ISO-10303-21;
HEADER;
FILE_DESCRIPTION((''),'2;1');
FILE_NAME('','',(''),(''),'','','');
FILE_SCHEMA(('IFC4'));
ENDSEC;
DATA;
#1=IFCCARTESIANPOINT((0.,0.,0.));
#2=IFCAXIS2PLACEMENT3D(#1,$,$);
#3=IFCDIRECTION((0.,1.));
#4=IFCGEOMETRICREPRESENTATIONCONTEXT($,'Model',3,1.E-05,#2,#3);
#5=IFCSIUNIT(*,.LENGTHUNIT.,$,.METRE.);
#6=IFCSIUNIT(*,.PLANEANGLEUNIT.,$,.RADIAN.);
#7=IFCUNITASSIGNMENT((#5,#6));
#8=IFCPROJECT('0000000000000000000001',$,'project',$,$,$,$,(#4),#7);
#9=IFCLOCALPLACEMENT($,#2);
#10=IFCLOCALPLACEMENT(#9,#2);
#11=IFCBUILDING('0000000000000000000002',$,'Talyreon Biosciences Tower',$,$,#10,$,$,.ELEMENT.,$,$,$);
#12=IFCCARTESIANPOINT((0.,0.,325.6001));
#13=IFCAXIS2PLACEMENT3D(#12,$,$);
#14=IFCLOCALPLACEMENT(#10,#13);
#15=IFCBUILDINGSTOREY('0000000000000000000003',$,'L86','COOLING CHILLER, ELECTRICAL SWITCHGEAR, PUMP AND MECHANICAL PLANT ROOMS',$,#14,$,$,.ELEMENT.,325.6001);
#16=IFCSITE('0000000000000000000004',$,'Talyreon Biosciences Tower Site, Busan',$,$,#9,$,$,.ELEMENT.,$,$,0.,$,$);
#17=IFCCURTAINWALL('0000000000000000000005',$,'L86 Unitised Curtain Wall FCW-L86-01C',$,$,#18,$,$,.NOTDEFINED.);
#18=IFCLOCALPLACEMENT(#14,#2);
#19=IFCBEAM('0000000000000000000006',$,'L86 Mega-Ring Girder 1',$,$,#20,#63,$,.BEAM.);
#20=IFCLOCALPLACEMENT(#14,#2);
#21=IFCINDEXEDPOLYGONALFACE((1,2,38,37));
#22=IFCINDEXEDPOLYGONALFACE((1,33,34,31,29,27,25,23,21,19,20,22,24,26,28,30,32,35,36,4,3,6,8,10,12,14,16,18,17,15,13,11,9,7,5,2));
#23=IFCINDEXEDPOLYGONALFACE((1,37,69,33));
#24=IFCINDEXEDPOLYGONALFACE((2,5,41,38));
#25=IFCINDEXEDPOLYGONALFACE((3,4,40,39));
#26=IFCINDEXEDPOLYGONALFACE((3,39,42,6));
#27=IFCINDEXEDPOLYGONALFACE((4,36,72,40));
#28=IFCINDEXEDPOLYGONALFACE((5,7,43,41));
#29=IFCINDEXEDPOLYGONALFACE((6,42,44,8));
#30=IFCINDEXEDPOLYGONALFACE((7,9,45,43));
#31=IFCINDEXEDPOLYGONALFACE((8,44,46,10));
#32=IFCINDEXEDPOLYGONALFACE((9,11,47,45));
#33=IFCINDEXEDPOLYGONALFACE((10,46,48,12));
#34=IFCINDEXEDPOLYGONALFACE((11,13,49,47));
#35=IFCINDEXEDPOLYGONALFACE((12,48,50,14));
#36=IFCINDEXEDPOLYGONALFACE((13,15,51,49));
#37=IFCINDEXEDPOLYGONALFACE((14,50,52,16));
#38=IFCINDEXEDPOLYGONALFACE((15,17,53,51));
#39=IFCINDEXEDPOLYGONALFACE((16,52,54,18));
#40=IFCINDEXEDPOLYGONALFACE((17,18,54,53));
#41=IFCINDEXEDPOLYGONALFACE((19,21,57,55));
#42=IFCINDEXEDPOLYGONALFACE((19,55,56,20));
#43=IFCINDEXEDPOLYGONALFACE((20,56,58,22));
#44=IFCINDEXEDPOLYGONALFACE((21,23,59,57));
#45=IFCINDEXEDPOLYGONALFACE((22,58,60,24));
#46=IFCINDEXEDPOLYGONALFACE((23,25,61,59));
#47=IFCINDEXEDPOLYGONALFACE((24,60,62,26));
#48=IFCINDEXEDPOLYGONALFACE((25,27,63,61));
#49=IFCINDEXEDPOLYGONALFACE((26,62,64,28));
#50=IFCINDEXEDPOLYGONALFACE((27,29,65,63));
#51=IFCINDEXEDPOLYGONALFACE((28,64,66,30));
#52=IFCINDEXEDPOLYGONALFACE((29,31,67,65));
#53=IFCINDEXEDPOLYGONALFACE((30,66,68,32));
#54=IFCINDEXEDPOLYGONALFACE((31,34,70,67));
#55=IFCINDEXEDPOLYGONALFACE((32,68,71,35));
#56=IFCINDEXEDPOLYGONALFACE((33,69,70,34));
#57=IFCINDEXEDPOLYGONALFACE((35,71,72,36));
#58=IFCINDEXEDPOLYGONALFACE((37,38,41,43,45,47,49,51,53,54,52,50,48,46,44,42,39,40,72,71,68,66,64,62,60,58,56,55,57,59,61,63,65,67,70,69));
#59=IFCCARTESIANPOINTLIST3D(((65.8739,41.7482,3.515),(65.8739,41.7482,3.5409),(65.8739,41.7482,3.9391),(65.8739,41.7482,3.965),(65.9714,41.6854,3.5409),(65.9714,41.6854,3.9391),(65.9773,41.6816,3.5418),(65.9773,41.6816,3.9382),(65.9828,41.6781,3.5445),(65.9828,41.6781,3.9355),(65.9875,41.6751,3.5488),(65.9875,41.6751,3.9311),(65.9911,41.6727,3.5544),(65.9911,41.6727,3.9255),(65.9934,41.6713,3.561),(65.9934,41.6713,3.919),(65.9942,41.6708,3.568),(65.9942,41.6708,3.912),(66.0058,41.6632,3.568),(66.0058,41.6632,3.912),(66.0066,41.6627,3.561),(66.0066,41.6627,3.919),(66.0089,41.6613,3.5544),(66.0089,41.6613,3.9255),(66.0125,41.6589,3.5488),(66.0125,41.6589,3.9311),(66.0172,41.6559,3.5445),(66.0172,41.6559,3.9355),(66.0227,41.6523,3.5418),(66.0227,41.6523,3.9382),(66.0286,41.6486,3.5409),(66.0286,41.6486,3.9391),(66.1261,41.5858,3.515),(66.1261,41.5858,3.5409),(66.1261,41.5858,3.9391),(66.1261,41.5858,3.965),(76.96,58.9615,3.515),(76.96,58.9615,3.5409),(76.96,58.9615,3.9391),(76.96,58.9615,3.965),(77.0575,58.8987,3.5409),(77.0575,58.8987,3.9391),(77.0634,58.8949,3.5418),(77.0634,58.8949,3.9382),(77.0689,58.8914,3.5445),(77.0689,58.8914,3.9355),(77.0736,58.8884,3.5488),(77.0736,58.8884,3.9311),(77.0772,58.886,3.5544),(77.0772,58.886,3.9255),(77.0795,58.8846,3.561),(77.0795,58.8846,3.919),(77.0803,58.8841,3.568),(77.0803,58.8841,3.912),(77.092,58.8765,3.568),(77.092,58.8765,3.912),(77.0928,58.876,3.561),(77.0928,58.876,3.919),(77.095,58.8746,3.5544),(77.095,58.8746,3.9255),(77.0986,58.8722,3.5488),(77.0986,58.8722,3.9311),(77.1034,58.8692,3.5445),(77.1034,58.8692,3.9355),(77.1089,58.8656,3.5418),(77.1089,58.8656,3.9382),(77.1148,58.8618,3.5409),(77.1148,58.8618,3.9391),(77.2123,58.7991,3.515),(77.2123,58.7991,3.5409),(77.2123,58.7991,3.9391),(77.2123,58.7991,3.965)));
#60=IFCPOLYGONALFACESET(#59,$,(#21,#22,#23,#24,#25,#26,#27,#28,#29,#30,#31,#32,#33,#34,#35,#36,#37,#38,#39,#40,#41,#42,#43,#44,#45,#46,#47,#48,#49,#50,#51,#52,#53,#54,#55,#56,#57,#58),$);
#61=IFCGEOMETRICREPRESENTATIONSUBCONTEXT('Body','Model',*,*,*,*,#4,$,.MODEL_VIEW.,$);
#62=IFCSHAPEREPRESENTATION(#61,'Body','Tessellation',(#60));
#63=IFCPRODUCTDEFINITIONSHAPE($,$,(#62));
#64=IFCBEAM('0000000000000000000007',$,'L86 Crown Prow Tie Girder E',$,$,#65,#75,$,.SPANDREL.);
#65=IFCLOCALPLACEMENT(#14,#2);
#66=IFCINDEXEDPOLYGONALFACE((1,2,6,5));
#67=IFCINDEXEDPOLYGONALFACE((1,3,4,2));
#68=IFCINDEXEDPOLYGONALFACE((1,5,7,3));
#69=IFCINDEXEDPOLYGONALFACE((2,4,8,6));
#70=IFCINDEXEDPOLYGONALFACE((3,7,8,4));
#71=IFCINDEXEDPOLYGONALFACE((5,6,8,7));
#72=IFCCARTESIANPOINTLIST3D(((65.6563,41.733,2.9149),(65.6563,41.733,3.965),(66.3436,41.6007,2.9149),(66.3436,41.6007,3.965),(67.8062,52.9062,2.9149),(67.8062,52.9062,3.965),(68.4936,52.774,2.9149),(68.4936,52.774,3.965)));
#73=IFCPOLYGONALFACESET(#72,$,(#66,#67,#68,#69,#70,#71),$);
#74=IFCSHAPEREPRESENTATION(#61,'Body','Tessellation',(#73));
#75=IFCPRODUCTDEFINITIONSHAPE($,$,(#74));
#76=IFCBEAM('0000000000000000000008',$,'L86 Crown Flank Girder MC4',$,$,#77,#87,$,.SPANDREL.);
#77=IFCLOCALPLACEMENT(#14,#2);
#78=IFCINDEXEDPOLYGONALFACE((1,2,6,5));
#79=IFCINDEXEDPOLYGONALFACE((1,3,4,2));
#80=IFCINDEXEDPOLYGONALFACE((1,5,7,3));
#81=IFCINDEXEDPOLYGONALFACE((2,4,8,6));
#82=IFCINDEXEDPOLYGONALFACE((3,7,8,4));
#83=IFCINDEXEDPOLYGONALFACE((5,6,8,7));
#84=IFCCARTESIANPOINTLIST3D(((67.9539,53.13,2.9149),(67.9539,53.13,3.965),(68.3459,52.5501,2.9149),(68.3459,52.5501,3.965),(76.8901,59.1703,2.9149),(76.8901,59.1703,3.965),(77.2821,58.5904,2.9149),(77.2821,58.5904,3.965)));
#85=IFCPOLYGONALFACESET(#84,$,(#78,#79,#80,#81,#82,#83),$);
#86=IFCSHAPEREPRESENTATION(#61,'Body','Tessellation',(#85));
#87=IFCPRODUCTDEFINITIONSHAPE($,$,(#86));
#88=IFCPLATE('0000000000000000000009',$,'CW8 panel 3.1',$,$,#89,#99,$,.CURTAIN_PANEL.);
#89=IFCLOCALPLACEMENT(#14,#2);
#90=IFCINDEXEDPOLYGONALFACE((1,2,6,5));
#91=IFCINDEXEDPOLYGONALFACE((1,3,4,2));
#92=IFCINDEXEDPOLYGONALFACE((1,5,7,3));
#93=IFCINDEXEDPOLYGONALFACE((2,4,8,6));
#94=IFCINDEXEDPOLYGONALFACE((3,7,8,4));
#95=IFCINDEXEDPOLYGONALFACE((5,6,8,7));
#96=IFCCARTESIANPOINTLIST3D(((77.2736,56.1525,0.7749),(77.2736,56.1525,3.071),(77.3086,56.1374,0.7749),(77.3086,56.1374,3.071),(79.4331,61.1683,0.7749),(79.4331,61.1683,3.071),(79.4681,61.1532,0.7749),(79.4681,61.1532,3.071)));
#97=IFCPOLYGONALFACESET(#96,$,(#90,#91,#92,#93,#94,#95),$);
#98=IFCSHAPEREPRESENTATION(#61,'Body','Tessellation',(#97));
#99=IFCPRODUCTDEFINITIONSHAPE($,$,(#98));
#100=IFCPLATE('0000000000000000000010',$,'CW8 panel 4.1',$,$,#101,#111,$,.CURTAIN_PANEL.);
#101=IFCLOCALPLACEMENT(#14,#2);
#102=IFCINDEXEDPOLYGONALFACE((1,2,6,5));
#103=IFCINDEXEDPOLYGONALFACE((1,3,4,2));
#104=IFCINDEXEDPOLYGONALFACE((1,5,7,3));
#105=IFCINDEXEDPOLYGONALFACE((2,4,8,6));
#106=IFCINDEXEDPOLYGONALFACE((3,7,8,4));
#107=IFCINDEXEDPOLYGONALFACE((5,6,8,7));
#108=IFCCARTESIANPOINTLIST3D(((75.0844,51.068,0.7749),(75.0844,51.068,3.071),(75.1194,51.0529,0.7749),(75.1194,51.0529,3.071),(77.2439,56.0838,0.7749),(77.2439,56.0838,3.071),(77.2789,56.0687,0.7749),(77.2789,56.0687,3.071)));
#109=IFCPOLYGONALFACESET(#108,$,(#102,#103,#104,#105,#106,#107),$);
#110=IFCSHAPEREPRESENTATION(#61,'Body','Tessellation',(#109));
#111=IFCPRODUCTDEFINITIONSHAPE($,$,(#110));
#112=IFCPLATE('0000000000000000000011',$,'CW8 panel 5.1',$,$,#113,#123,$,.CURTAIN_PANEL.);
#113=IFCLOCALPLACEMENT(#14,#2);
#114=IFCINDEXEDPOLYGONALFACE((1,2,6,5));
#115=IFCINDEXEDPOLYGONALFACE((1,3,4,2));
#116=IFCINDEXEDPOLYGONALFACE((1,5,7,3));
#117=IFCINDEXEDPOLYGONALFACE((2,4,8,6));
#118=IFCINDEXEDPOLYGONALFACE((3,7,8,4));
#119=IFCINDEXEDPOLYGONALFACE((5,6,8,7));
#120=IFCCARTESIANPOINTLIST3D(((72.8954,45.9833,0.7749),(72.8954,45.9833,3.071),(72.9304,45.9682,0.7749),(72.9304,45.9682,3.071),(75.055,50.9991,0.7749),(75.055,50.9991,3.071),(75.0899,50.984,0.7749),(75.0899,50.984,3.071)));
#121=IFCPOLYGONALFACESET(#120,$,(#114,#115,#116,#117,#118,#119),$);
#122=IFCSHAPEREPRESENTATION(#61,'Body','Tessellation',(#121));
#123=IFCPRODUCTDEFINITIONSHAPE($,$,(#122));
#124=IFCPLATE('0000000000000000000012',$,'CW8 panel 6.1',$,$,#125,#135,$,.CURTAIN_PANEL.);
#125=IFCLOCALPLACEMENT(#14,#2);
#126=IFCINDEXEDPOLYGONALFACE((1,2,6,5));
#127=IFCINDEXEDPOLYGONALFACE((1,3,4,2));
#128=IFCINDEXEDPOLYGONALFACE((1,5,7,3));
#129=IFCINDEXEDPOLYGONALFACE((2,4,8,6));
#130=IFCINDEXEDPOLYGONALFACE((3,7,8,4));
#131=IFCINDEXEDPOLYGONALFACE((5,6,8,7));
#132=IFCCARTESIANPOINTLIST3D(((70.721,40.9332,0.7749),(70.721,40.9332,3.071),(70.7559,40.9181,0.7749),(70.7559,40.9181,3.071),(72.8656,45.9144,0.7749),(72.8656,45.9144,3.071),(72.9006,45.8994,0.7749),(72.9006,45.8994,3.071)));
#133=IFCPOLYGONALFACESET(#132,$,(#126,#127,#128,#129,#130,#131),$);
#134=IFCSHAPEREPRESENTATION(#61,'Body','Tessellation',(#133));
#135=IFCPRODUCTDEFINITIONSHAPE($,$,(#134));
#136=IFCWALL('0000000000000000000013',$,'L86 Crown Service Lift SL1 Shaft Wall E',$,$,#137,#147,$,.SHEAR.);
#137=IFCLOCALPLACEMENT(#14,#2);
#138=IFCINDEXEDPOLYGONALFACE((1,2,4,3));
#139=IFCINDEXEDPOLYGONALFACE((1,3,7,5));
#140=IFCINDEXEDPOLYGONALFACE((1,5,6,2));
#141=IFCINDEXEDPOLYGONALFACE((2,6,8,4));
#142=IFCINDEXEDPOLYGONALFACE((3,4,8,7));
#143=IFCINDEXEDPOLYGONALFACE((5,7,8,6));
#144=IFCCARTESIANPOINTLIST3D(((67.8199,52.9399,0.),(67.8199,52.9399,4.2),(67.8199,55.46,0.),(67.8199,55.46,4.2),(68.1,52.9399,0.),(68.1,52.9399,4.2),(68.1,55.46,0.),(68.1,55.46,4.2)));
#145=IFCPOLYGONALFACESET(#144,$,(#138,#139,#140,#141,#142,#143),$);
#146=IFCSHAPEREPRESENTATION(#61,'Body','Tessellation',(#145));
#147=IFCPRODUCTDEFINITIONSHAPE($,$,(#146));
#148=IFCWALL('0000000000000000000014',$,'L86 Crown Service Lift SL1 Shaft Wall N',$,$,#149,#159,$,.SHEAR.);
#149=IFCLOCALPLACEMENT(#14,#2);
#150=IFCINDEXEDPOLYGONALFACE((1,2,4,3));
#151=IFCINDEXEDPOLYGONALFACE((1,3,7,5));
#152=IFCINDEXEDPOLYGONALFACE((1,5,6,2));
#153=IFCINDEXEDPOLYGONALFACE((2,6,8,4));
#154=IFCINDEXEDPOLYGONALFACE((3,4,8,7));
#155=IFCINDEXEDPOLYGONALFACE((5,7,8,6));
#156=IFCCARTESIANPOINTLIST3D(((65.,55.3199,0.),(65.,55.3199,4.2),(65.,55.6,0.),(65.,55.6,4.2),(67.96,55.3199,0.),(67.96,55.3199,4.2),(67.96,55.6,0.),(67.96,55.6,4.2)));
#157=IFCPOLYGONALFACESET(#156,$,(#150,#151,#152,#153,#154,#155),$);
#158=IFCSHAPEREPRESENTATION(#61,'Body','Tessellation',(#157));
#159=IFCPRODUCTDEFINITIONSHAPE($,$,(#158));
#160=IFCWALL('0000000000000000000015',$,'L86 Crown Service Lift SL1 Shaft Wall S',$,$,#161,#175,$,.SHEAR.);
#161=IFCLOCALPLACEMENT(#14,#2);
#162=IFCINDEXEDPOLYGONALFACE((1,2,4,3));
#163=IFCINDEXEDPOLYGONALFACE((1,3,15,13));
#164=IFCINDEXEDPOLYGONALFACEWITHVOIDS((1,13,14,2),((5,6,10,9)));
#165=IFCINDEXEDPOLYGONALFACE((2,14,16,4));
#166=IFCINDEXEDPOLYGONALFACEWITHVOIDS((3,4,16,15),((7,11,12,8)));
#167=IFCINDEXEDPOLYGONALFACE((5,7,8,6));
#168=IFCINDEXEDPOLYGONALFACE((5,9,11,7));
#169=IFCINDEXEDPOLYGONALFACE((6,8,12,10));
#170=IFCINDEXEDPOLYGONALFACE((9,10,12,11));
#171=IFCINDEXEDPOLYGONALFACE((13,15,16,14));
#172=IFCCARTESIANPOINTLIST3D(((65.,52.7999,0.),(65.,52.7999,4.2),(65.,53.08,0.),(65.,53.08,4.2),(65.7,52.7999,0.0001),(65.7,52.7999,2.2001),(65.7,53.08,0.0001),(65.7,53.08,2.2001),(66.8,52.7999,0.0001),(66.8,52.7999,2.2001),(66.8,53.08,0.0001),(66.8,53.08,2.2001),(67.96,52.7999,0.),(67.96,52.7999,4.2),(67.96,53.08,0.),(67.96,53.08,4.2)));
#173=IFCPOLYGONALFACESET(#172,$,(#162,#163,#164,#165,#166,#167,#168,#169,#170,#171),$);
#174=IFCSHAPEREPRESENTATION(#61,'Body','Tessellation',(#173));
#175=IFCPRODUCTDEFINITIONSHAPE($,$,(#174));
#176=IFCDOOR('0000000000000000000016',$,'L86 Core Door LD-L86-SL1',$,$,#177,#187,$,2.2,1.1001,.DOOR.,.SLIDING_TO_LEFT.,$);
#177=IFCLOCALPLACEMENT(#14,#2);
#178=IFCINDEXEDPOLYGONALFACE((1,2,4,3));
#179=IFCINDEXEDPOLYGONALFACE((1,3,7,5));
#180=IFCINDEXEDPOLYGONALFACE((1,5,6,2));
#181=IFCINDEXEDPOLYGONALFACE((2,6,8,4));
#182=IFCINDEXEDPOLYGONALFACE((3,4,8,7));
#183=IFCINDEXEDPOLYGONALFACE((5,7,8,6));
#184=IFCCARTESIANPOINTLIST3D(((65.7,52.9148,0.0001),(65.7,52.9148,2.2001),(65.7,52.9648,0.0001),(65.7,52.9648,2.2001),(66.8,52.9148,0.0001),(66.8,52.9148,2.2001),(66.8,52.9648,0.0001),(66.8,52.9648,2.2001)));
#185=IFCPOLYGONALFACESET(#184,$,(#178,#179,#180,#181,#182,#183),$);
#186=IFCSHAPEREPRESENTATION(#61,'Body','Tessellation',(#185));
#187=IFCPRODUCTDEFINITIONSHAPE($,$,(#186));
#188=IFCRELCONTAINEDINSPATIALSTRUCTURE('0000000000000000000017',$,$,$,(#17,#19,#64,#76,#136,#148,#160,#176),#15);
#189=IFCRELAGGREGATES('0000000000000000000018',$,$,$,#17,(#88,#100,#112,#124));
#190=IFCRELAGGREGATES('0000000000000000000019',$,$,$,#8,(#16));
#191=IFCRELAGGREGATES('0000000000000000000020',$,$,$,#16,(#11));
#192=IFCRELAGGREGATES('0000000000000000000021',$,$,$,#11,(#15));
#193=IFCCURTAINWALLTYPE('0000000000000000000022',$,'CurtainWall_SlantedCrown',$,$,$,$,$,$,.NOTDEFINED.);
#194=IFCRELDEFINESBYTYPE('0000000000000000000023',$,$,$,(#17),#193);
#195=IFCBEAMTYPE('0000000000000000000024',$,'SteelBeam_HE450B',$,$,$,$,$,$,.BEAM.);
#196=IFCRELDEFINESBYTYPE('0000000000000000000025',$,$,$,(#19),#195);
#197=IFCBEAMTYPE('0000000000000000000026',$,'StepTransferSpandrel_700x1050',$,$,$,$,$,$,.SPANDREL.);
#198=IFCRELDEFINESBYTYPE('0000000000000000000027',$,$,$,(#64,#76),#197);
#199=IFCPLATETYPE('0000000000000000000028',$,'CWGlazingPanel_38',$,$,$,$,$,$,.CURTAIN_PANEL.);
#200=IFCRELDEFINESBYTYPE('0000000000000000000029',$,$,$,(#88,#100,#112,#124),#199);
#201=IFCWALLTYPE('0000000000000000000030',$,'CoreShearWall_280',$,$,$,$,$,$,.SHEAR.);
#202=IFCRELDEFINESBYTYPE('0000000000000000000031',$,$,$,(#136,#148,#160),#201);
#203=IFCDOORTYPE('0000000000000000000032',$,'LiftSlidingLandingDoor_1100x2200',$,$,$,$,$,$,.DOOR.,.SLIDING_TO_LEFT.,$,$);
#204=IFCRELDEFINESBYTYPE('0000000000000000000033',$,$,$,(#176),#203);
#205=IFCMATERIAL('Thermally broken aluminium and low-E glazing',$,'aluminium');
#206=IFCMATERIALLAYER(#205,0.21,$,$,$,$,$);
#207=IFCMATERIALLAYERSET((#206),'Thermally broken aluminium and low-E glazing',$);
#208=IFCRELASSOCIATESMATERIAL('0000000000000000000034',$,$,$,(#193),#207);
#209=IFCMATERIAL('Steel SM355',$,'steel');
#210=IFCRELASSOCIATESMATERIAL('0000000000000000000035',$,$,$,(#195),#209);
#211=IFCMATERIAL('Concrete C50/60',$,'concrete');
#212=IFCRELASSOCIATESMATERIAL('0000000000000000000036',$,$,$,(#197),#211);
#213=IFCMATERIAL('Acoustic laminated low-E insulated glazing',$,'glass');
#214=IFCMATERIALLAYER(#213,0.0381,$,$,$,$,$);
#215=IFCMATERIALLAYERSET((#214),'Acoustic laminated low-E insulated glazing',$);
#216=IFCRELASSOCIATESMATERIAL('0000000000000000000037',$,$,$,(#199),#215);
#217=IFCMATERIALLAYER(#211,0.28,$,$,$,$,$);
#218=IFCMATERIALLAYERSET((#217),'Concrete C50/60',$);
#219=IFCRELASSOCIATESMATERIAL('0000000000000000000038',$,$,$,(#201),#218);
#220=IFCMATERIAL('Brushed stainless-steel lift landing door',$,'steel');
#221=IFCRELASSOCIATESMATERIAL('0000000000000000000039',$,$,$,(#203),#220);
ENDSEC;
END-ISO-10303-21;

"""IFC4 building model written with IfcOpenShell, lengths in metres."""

from ifc_helpers import new_model, si_unit, direction, frame, frame_2d, origin, origin_2d, place, context, subcontext, project, spatial, rectangle, i_section, extrude, material, layer, layer_set, material_profile, profile_set, type_object, element, fill, aggregate, save


model = new_model("IFC4")

# Units and contexts
model_context = context("Model", 3, precision=1e-05, world=origin(), true_north=direction((0.0, 1.0)))
body_context = subcontext(model_context, "Body", "Model", "MODEL_VIEW")
ifc_project = project(units=[si_unit("LENGTHUNIT", "METRE"), si_unit("PLANEANGLEUNIT", "RADIAN")], contexts=[model_context])

# Site, building, storey
site_placement = place(None, origin())
site = spatial("IfcSite", under=ifc_project, at=site_placement, Name="Talyreon Biosciences Tower Site, Busan", CompositionType="ELEMENT", RefElevation=0.0)
building_placement = place(site_placement, origin())
building = spatial("IfcBuilding", under=site, at=building_placement, Name="Talyreon Biosciences Tower", CompositionType="ELEMENT")
storey_placement = place(building_placement, frame((0.0, 0.0, 325.6001)))
storey = spatial("IfcBuildingStorey", under=building, at=storey_placement, Name="L86", Description="COOLING CHILLER, ELECTRICAL SWITCHGEAR, PUMP AND MECHANICAL PLANT ROOMS", CompositionType="ELEMENT", Elevation=325.6001)

# Shared definitions
ifc_material_1 = material(Name="Concrete C50/60", Category="concrete")

# Curtain wall
ifc_material_2 = material(Name="Thermally broken aluminium and low-E glazing", Category="aluminium")
ifc_layer_1 = layer(ifc_material_2, 0.21)
ifc_layer_set_1 = layer_set([ifc_layer_1], Name="Thermally broken aluminium and low-E glazing")
curtain_wall_type = type_object("IfcCurtainWallType", Name="CurtainWall_SlantedCrown", PredefinedType="NOTDEFINED", material=ifc_layer_set_1)
curtain_wall_placement = place(storey_placement, origin())
curtain_wall = element("IfcCurtainWall", 1, at=curtain_wall_placement, inside=storey, type_object=curtain_wall_type, Name="L86 Unitised Curtain Wall FCW-L86-01C", PredefinedType="NOTDEFINED")

# Beams
ifc_material_3 = material(Name="Steel SM355", Category="steel")
ifc_material_profile_1 = material_profile(ifc_material_3, i_section(OverallWidth=0.3, OverallDepth=0.45, WebThickness=0.0139, FlangeThickness=0.0259, FilletRadius=0.0271, at=origin_2d()), Name="HE450B")
ifc_profile_set_1 = profile_set([ifc_material_profile_1], Name="Steel SM355")
beam_type_1 = type_object("IfcBeamType", Name="SteelBeam_HE450B", PredefinedType="BEAM", material=ifc_profile_set_1)
beam_1_placement = place(storey_placement, frame((66.0, 41.667, 3.74), z_axis=(0.541464, 0.840724, 0.0), x_axis=(-0.840724, 0.541464, 0.0)))
element("IfcBeam", 2, at=beam_1_placement, inside=storey, type_object=beam_type_1, Name="L86 Mega-Ring Girder 1", PredefinedType="BEAM", context=body_context, shape_type="SweptSolid", body=[
    extrude(i_section(OverallWidth=0.3, OverallDepth=0.45, WebThickness=0.0139, FlangeThickness=0.0259, FilletRadius=0.0271, at=origin_2d()), origin(), (0.0, 0.0, 1.0), 20.4744),
])
ifc_material_profile_2 = material_profile(ifc_material_1, rectangle(XDim=0.7, YDim=1.05, at=origin_2d()), Name="RCB 700x1050")
ifc_profile_set_2 = profile_set([ifc_material_profile_2], Name="Concrete C50/60")
beam_type_2 = type_object("IfcBeamType", Name="StepTransferSpandrel_700x1050", PredefinedType="SPANDREL", material=ifc_profile_set_2)
beam_2_placement = place(storey_placement, frame((68.1499, 52.8401, 3.4399), z_axis=(-0.188952, -0.981986, 0.0), x_axis=(0.981986, -0.188952, 0.0)))
element("IfcBeam", 3, at=beam_2_placement, inside=storey, type_object=beam_type_2, Name="L86 Crown Prow Tie Girder E", PredefinedType="SPANDREL", context=body_context, shape_type="SweptSolid", body=[
    extrude(rectangle(XDim=0.7, YDim=1.05, at=origin_2d()), origin(), (0.0, 0.0, 1.0), 11.3782),
])
beam_3_placement = place(storey_placement, frame((68.1499, 52.8401, 3.4399), z_axis=(0.828492, 0.560001, 0.0), x_axis=(-0.560001, 0.828492, 0.0)))
element("IfcBeam", 4, at=beam_3_placement, inside=storey, type_object=beam_type_2, Name="L86 Crown Flank Girder MC4", PredefinedType="SPANDREL", context=body_context, shape_type="SweptSolid", body=[
    extrude(rectangle(XDim=0.7, YDim=1.05, at=origin_2d()), origin(), (0.0, 0.0, 1.0), 10.7861),
])

# Plates
ifc_material_4 = material(Name="Acoustic laminated low-E insulated glazing", Category="glass")
ifc_layer_2 = layer(ifc_material_4, 0.0381)
ifc_layer_set_2 = layer_set([ifc_layer_2], Name="Acoustic laminated low-E insulated glazing")
plate_type = type_object("IfcPlateType", Name="CWGlazingPanel_38", PredefinedType="CURTAIN_PANEL", material=ifc_layer_set_2)
plate_1_placement = place(storey_placement, frame((78.3708, 58.6528, 0.7749), z_axis=(0.0, 0.0, 1.0), x_axis=(-0.395451, -0.918487, 0.0)))
plate_1 = element("IfcPlate", 5, at=plate_1_placement, type_object=plate_type, Name="CW8 panel 3.1", PredefinedType="CURTAIN_PANEL", context=body_context, shape_type="SweptSolid", body=[
    extrude(rectangle(XDim=5.4609, YDim=0.0381, at=origin_2d()), origin(), (0.0, 0.0, 1.0), 2.2961),
])
plate_2_placement = place(storey_placement, frame((76.1816, 53.5684, 0.7749), z_axis=(0.0, 0.0, 1.0), x_axis=(-0.395451, -0.918487, 0.0)))
plate_2 = element("IfcPlate", 6, at=plate_2_placement, type_object=plate_type, Name="CW8 panel 4.1", PredefinedType="CURTAIN_PANEL", context=body_context, shape_type="SweptSolid", body=[
    extrude(rectangle(XDim=5.4609, YDim=0.0381, at=origin_2d()), origin(), (0.0, 0.0, 1.0), 2.2961),
])
plate_3_placement = place(storey_placement, frame((73.9927, 48.4836, 0.7749), z_axis=(0.0, 0.0, 1.0), x_axis=(-0.395451, -0.918487, 0.0)))
plate_3 = element("IfcPlate", 7, at=plate_3_placement, type_object=plate_type, Name="CW8 panel 5.1", PredefinedType="CURTAIN_PANEL", context=body_context, shape_type="SweptSolid", body=[
    extrude(rectangle(XDim=5.4609, YDim=0.0381, at=origin_2d()), origin(), (0.0, 0.0, 1.0), 2.2961),
])
plate_4_placement = place(storey_placement, frame((71.8108, 43.4163, 0.7749), z_axis=(0.0, 0.0, 1.0), x_axis=(-0.395451, -0.918487, 0.0)))
plate_4 = element("IfcPlate", 8, at=plate_4_placement, type_object=plate_type, Name="CW8 panel 6.1", PredefinedType="CURTAIN_PANEL", context=body_context, shape_type="SweptSolid", body=[
    extrude(rectangle(XDim=5.4233, YDim=0.0381, at=origin_2d()), origin(), (0.0, 0.0, 1.0), 2.2961),
])
aggregate(curtain_wall, [plate_1, plate_2, plate_3, plate_4])

# Walls
ifc_layer_3 = layer(ifc_material_1, 0.28)
ifc_layer_set_3 = layer_set([ifc_layer_3], Name="Concrete C50/60")
wall_type_1 = type_object("IfcWallType", Name="CoreShearWall_280", PredefinedType="SHEAR", material=ifc_layer_set_3)
wall_1_placement = place(storey_placement, frame((67.96, 52.9399, 0.0), z_axis=(0.0, 0.0, 1.0), x_axis=(0.0, 1.0, 0.0)))
element("IfcWall", 9, at=wall_1_placement, inside=storey, type_object=wall_type_1, Name="L86 Crown Service Lift SL1 Shaft Wall E", PredefinedType="SHEAR", context=body_context, shape_type="SweptSolid", body=[
    extrude(rectangle(XDim=2.52, YDim=0.28, at=frame_2d((1.26, 0.0))), origin(), (0.0, 0.0, 1.0), 4.2),
])
wall_2_placement = place(storey_placement, frame((65.0, 55.46, 0.0), z_axis=(0.0, 0.0, 1.0), x_axis=(1.0, 0.0, 0.0)))
element("IfcWall", 10, at=wall_2_placement, inside=storey, type_object=wall_type_1, Name="L86 Crown Service Lift SL1 Shaft Wall N", PredefinedType="SHEAR", context=body_context, shape_type="SweptSolid", body=[
    extrude(rectangle(XDim=2.96, YDim=0.28, at=frame_2d((1.48, 0.0))), origin(), (0.0, 0.0, 1.0), 4.2),
])

# Wall, opening, door
wall_3_placement = place(storey_placement, frame((65.0, 52.9399, 0.0), z_axis=(0.0, 0.0, 1.0), x_axis=(1.0, 0.0, 0.0)))
wall_3 = element("IfcWall", 11, at=wall_3_placement, inside=storey, type_object=wall_type_1, Name="L86 Crown Service Lift SL1 Shaft Wall S", PredefinedType="SHEAR", context=body_context, shape_type="SweptSolid", body=[
    extrude(rectangle(XDim=2.96, YDim=0.28, at=frame_2d((1.48, 0.0))), origin(), (0.0, 0.0, 1.0), 4.2),
])
opening_1_placement = place(wall_3_placement, frame((0.7, 0.0, 0.0)))
opening_1 = element("IfcOpeningElement", 12, at=opening_1_placement, cuts=wall_3, PredefinedType="OPENING", context=body_context, shape_type="SweptSolid", body=[
    extrude(rectangle(XDim=1.1001, YDim=2.2, at=frame_2d((0.55, 1.1001))), frame((0.0, 0.1499, 0.0), z_axis=(0.0, -1.0, 0.0), x_axis=(1.0, 0.0, 0.0)), (0.0, 0.0, 1.0), 0.3),
])
ifc_material_5 = material(Name="Brushed stainless-steel lift landing door", Category="steel")
door_type_1 = type_object("IfcDoorType", Name="LiftSlidingLandingDoor_1100x2200", OperationType="SLIDING_TO_LEFT", PredefinedType="DOOR", material=ifc_material_5)
door_1_placement = place(opening_1_placement, origin())
door_1 = element("IfcDoor", 13, at=door_1_placement, inside=storey, type_object=door_type_1, Name="L86 Core Door LD-L86-SL1", OperationType="SLIDING_TO_LEFT", OverallHeight=2.2, OverallWidth=1.1001, PredefinedType="DOOR", context=body_context, shape_type="SweptSolid", body=[
    extrude(rectangle(XDim=1.1001, YDim=2.2, at=frame_2d((0.55, 1.1001))), frame((0.0, 0.0249, 0.0), z_axis=(0.0, -1.0, 0.0), x_axis=(1.0, 0.0, 0.0)), (0.0, 0.0, 1.0), 0.05),
])
fill(opening_1, door_1)

save(model, "model.ifc")
